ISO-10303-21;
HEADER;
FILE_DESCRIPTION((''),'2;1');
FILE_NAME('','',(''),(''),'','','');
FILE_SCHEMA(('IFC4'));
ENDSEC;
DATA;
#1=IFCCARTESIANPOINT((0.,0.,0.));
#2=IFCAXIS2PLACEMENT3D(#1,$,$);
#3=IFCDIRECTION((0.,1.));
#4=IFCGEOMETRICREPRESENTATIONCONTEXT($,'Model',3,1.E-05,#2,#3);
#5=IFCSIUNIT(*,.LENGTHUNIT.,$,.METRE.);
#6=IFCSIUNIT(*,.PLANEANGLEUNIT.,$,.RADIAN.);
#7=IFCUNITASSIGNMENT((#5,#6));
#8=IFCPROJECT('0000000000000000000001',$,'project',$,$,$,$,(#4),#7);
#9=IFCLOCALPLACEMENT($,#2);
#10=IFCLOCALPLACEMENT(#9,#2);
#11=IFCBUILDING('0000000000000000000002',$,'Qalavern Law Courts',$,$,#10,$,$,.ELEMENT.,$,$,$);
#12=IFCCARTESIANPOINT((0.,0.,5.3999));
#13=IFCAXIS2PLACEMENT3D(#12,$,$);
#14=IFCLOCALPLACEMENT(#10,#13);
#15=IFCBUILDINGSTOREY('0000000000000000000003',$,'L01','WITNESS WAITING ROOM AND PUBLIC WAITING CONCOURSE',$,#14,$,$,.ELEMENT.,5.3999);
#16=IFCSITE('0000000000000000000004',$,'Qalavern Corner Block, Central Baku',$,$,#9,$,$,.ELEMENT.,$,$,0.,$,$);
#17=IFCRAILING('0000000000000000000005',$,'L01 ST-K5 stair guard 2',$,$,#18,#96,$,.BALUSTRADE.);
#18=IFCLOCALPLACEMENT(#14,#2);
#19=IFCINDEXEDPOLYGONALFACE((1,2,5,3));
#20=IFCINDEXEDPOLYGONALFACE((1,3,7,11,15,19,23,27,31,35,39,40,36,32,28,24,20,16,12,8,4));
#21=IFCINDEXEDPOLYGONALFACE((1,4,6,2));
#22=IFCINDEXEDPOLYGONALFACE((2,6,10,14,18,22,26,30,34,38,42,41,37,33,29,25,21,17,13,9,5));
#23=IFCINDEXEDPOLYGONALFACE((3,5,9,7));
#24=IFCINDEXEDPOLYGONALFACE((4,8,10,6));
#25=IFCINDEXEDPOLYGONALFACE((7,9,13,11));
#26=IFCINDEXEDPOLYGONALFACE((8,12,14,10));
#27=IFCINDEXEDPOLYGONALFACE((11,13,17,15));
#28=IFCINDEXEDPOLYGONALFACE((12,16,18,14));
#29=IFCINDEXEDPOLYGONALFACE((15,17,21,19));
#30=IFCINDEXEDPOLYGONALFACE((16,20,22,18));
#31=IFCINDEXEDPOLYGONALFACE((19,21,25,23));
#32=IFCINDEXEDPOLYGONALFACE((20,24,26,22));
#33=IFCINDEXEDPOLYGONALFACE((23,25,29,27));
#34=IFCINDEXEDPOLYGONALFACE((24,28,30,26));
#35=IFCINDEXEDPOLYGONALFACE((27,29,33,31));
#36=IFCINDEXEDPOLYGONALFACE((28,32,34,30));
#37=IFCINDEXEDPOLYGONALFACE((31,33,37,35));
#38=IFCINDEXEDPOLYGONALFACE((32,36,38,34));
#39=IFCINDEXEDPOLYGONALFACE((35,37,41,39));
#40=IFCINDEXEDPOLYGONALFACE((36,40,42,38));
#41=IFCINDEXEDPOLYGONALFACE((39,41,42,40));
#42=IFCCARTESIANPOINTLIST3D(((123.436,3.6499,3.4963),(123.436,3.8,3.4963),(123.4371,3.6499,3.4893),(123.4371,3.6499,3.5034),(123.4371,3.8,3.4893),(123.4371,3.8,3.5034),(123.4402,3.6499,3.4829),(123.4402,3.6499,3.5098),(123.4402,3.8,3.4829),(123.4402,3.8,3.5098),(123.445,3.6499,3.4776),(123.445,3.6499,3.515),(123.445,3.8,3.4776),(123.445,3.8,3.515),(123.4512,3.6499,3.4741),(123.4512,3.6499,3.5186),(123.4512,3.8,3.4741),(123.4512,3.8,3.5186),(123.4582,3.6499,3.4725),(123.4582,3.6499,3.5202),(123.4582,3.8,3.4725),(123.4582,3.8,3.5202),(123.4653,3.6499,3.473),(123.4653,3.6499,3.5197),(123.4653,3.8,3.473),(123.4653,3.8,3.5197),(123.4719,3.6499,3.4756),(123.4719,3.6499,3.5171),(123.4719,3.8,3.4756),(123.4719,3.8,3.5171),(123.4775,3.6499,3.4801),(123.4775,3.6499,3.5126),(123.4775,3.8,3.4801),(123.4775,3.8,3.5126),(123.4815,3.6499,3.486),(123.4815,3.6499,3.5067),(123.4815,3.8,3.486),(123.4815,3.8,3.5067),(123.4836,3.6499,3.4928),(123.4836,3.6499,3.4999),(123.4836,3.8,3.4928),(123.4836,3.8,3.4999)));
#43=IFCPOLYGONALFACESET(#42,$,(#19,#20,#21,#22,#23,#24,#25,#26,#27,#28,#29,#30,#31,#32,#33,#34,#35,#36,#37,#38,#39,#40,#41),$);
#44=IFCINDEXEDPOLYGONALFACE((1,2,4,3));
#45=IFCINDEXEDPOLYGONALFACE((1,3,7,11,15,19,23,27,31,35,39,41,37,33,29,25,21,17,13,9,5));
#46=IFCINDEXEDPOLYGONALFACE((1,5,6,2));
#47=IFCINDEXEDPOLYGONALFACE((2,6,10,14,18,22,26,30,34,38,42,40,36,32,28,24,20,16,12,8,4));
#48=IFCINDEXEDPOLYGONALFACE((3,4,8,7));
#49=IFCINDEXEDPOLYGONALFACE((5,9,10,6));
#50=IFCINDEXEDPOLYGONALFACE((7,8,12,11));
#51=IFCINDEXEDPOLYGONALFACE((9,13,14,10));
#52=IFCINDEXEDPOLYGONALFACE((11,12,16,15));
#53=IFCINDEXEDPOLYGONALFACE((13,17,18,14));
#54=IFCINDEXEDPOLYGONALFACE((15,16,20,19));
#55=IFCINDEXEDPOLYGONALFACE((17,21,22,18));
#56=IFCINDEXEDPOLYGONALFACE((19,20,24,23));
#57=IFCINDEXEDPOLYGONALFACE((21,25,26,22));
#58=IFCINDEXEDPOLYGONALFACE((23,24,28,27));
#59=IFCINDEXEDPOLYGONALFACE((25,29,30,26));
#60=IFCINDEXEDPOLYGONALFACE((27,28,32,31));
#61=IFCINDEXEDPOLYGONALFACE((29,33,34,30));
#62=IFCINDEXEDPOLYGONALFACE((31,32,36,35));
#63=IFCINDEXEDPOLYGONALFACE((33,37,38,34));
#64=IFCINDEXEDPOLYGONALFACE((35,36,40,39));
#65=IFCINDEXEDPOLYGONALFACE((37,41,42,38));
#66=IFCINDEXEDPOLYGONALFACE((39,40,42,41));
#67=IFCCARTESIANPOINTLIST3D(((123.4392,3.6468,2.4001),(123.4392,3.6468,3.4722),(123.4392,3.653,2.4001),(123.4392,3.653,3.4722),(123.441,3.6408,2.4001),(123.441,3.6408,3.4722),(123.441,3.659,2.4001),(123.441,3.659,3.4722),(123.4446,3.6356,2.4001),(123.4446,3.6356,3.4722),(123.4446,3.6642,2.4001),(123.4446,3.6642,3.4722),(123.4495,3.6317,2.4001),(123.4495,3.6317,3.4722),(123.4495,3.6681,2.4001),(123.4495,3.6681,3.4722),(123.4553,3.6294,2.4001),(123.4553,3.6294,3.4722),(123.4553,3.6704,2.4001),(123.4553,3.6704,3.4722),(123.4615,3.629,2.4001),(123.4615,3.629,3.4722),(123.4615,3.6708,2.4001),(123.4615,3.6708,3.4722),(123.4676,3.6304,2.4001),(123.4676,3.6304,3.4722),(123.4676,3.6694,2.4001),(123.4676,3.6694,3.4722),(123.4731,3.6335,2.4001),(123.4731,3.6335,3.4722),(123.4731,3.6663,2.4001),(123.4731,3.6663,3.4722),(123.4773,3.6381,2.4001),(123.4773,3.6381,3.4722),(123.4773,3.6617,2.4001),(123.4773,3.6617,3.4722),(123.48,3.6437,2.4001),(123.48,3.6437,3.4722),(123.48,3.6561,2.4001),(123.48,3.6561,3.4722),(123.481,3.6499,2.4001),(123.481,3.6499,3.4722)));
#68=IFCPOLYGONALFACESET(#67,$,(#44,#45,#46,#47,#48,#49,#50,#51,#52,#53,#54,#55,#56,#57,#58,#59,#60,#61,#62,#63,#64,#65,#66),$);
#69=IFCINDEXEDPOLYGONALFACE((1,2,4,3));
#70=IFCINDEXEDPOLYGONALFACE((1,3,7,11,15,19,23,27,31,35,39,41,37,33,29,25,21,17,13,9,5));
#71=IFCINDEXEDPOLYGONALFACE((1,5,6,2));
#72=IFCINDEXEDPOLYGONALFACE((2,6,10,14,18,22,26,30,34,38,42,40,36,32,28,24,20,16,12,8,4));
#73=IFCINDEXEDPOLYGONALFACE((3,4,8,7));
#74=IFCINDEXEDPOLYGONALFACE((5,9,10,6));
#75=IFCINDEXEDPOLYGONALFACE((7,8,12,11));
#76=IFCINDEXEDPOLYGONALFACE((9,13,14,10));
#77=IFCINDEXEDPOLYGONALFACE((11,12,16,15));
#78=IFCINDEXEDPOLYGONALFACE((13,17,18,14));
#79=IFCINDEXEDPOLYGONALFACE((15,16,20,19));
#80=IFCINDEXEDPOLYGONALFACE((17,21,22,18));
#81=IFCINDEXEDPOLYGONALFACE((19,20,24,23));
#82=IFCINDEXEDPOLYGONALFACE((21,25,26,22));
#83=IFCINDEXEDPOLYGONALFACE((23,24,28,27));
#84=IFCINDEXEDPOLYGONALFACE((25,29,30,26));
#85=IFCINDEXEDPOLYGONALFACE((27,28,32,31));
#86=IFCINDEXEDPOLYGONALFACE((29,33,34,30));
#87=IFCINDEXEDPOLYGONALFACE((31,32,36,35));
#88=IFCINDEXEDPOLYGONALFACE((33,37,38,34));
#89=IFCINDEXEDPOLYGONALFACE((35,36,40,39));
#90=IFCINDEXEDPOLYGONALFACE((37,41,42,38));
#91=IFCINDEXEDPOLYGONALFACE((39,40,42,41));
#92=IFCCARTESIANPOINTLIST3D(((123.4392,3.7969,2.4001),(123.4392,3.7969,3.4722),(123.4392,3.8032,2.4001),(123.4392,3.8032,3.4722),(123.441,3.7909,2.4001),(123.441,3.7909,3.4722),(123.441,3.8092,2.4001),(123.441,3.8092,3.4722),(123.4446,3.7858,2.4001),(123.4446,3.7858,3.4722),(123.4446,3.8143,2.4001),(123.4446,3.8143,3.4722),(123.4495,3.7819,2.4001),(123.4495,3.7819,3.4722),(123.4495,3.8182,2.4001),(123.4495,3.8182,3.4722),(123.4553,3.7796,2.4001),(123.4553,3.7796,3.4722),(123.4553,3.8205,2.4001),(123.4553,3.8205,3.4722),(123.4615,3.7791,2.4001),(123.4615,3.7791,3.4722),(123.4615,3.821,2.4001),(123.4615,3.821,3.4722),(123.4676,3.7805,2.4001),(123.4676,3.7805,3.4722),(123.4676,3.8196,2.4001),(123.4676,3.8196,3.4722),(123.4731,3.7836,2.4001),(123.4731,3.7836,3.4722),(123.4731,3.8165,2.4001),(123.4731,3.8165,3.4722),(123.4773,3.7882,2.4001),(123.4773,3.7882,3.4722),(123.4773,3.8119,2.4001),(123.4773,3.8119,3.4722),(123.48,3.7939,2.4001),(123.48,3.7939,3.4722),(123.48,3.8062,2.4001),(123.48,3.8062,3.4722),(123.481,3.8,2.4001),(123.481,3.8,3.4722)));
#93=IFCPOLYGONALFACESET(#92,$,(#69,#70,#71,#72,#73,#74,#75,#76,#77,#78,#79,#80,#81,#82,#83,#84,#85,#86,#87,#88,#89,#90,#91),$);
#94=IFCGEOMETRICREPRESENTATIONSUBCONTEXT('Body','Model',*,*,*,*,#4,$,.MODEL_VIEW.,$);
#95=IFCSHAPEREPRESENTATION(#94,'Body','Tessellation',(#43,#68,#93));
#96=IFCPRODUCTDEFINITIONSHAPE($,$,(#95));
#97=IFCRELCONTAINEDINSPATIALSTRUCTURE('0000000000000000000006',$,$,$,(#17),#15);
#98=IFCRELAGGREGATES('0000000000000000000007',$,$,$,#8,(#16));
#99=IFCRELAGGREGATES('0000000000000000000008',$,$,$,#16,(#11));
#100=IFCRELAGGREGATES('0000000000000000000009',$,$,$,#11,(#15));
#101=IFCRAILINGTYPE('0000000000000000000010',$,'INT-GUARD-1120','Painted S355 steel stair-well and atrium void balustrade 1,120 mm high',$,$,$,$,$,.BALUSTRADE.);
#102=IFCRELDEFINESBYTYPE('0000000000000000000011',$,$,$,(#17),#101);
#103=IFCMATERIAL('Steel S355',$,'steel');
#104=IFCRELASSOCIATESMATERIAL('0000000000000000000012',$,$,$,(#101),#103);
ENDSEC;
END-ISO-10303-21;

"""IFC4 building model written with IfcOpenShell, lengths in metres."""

from ifc_helpers import new_model, si_unit, direction, frame, origin, origin_2d, place, context, subcontext, project, spatial, circle, extrude, material, type_object, element, save


model = new_model("IFC4")

# Units and contexts
model_context = context("Model", 3, precision=1e-05, world=origin(), true_north=direction((0.0, 1.0)))
body_context = subcontext(model_context, "Body", "Model", "MODEL_VIEW")
ifc_project = project(units=[si_unit("LENGTHUNIT", "METRE"), si_unit("PLANEANGLEUNIT", "RADIAN")], contexts=[model_context])

# Site, building, storey
site_placement = place(None, origin())
site = spatial("IfcSite", under=ifc_project, at=site_placement, Name="Qalavern Corner Block, Central Baku", CompositionType="ELEMENT", RefElevation=0.0)
building_placement = place(site_placement, origin())
building = spatial("IfcBuilding", under=site, at=building_placement, Name="Qalavern Law Courts", CompositionType="ELEMENT")
storey_placement = place(building_placement, frame((0.0, 0.0, 5.3999)))
storey = spatial("IfcBuildingStorey", under=building, at=storey_placement, Name="L01", Description="WITNESS WAITING ROOM AND PUBLIC WAITING CONCOURSE", CompositionType="ELEMENT", Elevation=5.3999)

# Shared definitions
ifc_material_1 = material(Name="Steel S355", Category="steel")

# Railing
railing_type_1 = type_object("IfcRailingType", Name="INT-GUARD-1120", Description="Painted S355 steel stair-well and atrium void balustrade 1,120 mm high", PredefinedType="BALUSTRADE", material=ifc_material_1)
railing_1_placement = place(storey_placement, frame((123.46, 3.6499, 2.4001)))
element("IfcRailing", 1, at=railing_1_placement, inside=storey, type_object=railing_type_1, Name="L01 ST-K5 stair guard 2", PredefinedType="BALUSTRADE", context=body_context, shape_type="SweptSolid", body=[
    extrude(circle(Radius=0.0239, at=origin_2d()), frame((0.0, 0.0, 1.0962), z_axis=(0.0, 1.0, 0.0), x_axis=(-1.0, 0.0, 0.0)), (0.0, 0.0, 1.0), 0.1501),
    extrude(circle(Radius=0.021, at=origin_2d()), origin(), (0.0, 0.0, 1.0), 1.072),
    extrude(circle(Radius=0.021, at=origin_2d()), frame((0.0, 0.1501, 0.0)), (0.0, 0.0, 1.0), 1.072),
])

save(model, "model.ifc")
